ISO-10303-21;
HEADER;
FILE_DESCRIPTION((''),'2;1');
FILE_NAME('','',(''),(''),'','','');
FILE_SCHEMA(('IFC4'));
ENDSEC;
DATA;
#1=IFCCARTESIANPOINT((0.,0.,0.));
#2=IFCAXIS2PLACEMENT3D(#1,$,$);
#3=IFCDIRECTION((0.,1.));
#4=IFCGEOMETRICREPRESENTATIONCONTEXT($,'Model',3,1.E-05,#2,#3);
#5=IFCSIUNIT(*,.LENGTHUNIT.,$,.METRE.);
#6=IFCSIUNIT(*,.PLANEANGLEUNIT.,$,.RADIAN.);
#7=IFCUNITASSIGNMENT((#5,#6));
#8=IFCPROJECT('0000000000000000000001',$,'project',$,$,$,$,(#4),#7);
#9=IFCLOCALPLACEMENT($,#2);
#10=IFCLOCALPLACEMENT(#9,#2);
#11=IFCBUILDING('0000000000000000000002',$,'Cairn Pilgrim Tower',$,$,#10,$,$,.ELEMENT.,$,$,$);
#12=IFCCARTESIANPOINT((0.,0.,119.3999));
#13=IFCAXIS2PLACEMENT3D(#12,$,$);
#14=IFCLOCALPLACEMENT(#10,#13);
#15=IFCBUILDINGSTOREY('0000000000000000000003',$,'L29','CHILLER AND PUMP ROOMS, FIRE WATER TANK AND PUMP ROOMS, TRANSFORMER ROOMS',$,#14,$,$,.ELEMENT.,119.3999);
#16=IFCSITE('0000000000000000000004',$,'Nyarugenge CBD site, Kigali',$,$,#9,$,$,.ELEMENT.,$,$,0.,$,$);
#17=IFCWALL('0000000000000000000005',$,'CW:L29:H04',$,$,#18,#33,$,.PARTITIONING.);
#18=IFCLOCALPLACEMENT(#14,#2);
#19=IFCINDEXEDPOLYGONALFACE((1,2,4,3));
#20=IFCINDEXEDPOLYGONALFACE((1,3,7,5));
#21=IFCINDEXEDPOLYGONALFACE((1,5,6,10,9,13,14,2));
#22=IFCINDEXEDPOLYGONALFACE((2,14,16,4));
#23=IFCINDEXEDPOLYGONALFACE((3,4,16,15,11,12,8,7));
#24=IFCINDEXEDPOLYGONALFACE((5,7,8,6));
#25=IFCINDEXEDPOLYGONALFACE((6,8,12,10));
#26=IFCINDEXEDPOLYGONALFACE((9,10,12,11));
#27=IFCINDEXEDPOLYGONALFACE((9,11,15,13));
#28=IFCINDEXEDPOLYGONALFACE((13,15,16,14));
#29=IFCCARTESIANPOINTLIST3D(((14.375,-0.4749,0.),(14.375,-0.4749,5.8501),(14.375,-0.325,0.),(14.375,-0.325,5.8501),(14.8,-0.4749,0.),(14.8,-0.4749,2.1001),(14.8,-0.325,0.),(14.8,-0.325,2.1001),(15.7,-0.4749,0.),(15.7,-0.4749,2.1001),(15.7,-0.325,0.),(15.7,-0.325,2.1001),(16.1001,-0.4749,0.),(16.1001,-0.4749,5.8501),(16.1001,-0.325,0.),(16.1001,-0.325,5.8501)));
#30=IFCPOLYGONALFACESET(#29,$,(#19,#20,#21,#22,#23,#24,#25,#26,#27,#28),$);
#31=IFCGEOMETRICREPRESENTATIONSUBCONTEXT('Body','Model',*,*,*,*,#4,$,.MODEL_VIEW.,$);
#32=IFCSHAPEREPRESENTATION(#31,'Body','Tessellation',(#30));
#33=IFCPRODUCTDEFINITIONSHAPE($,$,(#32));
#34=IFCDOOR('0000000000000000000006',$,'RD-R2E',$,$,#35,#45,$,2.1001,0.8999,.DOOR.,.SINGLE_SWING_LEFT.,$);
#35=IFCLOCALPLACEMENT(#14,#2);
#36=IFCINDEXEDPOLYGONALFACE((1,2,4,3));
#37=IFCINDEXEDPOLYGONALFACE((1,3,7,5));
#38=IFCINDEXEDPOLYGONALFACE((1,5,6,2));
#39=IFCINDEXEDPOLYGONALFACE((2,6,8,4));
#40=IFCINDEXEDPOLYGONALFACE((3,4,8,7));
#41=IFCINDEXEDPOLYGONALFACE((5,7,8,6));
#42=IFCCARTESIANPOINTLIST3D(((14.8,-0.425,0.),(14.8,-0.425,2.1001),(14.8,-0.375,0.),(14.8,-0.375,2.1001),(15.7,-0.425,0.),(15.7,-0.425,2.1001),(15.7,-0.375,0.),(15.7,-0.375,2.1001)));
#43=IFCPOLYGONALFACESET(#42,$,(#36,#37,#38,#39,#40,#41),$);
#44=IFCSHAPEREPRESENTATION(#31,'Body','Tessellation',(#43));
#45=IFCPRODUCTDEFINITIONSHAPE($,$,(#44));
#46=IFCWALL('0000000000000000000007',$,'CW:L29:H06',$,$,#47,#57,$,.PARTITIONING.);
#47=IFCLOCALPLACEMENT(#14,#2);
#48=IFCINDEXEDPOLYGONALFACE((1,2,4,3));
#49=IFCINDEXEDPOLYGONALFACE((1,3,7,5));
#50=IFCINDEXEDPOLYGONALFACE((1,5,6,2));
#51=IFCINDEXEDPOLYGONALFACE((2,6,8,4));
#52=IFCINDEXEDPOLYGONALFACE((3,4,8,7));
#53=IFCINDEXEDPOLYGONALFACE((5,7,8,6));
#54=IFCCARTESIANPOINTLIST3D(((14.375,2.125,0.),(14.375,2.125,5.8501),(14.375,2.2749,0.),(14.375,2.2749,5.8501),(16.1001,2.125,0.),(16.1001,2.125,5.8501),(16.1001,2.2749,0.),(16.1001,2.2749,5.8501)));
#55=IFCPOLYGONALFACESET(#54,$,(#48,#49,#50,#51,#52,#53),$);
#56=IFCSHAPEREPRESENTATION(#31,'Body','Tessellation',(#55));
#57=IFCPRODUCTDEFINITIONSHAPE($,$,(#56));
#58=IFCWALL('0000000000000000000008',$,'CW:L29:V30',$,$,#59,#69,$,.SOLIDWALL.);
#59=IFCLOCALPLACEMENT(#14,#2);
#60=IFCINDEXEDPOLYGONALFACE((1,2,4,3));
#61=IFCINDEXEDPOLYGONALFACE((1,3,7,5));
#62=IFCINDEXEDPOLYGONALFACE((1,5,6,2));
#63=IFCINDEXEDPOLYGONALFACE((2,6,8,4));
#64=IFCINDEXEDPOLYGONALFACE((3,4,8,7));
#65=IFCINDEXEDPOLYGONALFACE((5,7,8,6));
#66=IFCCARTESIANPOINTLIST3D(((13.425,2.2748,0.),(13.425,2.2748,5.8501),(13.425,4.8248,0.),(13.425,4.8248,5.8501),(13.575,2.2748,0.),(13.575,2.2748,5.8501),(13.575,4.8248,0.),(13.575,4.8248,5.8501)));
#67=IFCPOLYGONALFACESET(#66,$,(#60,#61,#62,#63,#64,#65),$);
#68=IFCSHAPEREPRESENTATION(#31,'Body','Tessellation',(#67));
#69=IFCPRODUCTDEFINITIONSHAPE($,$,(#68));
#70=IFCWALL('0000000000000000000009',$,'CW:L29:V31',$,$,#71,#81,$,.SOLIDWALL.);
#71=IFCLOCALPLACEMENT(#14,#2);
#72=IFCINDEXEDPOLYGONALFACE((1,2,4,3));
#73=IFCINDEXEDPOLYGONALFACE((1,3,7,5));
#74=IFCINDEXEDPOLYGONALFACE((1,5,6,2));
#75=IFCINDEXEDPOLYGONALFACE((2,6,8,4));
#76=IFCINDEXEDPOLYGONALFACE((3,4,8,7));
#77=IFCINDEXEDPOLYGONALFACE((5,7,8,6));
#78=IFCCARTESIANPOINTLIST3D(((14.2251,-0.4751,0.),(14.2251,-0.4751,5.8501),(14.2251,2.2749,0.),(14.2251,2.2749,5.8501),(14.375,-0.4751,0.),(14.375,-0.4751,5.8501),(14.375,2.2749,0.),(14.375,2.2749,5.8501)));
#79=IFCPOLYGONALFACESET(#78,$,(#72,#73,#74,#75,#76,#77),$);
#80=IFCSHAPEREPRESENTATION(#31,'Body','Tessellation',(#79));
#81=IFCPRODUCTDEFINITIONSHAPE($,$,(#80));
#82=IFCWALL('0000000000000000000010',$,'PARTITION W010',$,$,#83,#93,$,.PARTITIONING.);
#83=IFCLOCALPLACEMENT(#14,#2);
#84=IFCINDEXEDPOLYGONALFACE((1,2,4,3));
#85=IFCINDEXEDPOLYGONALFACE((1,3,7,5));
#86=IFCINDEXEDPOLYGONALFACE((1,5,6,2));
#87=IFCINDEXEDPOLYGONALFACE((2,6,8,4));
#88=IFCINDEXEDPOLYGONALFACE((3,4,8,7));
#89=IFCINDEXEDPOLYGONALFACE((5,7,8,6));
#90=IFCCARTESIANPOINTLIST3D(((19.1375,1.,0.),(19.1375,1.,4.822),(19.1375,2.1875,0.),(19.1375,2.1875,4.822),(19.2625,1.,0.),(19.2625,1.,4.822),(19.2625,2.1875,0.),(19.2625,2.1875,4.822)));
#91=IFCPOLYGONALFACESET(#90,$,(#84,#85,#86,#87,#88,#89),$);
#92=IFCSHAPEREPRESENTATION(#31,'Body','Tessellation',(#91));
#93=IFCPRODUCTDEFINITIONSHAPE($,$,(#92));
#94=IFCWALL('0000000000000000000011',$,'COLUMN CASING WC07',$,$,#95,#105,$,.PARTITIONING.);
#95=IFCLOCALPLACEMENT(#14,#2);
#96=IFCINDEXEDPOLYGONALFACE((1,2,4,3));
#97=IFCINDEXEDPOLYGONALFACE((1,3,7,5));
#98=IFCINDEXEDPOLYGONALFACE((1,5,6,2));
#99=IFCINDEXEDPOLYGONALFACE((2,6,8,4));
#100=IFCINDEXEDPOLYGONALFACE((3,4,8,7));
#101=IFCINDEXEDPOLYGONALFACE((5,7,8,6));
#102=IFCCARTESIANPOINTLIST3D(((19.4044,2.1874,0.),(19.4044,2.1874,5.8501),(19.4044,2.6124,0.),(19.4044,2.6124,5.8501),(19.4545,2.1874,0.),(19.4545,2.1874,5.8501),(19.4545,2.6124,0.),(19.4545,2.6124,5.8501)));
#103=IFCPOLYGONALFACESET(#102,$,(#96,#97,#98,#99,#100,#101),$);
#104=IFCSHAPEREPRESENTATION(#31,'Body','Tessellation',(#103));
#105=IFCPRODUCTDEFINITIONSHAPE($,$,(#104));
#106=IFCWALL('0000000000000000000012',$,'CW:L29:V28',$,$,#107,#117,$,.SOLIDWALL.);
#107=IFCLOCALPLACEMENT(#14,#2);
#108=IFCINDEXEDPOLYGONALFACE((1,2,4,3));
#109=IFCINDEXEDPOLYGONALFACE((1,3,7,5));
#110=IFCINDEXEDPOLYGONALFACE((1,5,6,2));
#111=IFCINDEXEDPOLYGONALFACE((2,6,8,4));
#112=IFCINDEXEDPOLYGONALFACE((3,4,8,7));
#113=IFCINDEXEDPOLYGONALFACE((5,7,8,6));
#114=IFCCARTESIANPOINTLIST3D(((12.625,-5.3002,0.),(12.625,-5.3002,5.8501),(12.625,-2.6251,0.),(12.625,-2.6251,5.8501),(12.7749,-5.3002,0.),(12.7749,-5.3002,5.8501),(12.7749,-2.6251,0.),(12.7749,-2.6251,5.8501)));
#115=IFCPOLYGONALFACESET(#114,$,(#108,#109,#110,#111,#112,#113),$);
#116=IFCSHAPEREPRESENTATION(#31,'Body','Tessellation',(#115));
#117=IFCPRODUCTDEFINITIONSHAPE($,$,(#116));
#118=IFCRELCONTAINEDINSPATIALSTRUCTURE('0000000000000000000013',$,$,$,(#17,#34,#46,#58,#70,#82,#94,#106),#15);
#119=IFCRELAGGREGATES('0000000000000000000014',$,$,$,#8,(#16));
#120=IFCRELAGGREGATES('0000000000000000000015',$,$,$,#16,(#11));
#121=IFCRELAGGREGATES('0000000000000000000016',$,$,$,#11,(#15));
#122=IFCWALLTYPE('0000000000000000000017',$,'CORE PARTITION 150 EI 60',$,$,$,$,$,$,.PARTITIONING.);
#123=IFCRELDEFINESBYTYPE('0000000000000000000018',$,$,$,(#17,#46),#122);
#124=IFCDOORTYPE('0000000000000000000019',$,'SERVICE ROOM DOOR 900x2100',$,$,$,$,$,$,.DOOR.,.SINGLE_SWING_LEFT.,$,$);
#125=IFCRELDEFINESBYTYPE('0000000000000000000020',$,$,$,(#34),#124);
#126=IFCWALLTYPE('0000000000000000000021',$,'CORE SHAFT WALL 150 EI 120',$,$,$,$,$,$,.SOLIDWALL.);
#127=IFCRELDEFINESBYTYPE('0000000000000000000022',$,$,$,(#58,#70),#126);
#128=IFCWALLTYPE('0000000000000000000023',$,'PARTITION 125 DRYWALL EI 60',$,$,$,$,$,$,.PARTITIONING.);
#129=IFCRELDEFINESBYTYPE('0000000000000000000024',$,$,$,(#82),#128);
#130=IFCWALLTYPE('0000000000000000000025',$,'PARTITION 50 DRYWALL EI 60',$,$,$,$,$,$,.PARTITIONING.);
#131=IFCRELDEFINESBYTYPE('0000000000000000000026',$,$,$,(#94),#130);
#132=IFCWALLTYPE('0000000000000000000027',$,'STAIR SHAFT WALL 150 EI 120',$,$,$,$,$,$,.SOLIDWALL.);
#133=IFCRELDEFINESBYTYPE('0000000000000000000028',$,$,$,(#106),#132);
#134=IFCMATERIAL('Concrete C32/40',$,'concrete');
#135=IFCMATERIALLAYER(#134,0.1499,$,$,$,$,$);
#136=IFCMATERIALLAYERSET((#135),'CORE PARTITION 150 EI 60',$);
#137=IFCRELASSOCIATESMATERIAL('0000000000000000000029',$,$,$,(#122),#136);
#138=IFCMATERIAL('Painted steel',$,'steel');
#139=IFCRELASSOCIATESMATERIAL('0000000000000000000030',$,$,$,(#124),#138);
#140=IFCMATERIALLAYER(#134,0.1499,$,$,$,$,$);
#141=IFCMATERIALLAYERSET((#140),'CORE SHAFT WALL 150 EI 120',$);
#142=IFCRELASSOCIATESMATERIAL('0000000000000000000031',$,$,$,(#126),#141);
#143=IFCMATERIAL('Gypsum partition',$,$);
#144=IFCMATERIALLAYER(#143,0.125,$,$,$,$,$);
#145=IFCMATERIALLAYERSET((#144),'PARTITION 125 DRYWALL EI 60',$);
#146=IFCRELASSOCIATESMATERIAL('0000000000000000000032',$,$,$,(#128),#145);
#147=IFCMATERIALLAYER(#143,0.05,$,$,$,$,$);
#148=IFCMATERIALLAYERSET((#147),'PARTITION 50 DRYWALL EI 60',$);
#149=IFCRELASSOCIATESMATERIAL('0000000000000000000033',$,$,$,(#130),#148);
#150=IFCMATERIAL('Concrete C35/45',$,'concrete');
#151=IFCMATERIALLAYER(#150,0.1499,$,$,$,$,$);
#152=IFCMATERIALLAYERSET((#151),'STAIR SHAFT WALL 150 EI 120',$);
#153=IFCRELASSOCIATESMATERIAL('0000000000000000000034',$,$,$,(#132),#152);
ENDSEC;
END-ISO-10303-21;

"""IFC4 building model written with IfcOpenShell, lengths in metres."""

from ifc_helpers import new_model, si_unit, direction, frame, frame_2d, origin, place, context, subcontext, project, spatial, rectangle, extrude, material, layer, layer_set, type_object, element, fill, save


model = new_model("IFC4")

# Units and contexts
model_context = context("Model", 3, precision=1e-05, world=origin(), true_north=direction((0.0, 1.0)))
body_context = subcontext(model_context, "Body", "Model", "MODEL_VIEW")
ifc_project = project(units=[si_unit("LENGTHUNIT", "METRE"), si_unit("PLANEANGLEUNIT", "RADIAN")], contexts=[model_context])

# Site, building, storey
site_placement = place(None, origin())
site = spatial("IfcSite", under=ifc_project, at=site_placement, Name="Nyarugenge CBD site, Kigali", CompositionType="ELEMENT", RefElevation=0.0)
building_placement = place(site_placement, origin())
building = spatial("IfcBuilding", under=site, at=building_placement, Name="Cairn Pilgrim Tower", CompositionType="ELEMENT")
storey_placement = place(building_placement, frame((0.0, 0.0, 119.3999)))
storey = spatial("IfcBuildingStorey", under=building, at=storey_placement, Name="L29", Description="CHILLER AND PUMP ROOMS, FIRE WATER TANK AND PUMP ROOMS, TRANSFORMER ROOMS", CompositionType="ELEMENT", Elevation=119.3999)

# Shared definitions
ifc_material_1 = material(Name="Concrete C32/40", Category="concrete")
ifc_material_2 = material(Name="Painted steel", Category="steel")

# Wall, opening, door
ifc_layer_1 = layer(ifc_material_1, 0.1499)
ifc_layer_set_1 = layer_set([ifc_layer_1], Name="CORE PARTITION 150 EI 60")
wall_type_1 = type_object("IfcWallType", Name="CORE PARTITION 150 EI 60", PredefinedType="PARTITIONING", material=ifc_layer_set_1)
wall_1_placement = place(storey_placement, frame((14.375, -0.3999, 0.0), z_axis=(0.0, 0.0, 1.0), x_axis=(1.0, 0.0, 0.0)))
wall_1 = element("IfcWall", 1, at=wall_1_placement, inside=storey, type_object=wall_type_1, Name="CW:L29:H04", PredefinedType="PARTITIONING", context=body_context, shape_type="SweptSolid", body=[
    extrude(rectangle(XDim=1.7251, YDim=0.1499, at=frame_2d((0.8625, 0.0))), origin(), (0.0, 0.0, 1.0), 5.8501),
])
opening_1_placement = place(wall_1_placement, frame((0.425, 0.0, 0.0)))
opening_1 = element("IfcOpeningElement", 2, at=opening_1_placement, cuts=wall_1, PredefinedType="OPENING", context=body_context, shape_type="SweptSolid", body=[
    extrude(rectangle(XDim=0.8999, YDim=2.1001, at=frame_2d((0.45, 1.05))), frame((0.0, 0.085, 0.0), z_axis=(0.0, -1.0, 0.0), x_axis=(1.0, 0.0, 0.0)), (0.0, 0.0, 1.0), 0.1699),
])
door_type_1 = type_object("IfcDoorType", Name="SERVICE ROOM DOOR 900x2100", OperationType="SINGLE_SWING_LEFT", PredefinedType="DOOR", material=ifc_material_2)
door_1_placement = place(opening_1_placement, origin())
door_1 = element("IfcDoor", 3, at=door_1_placement, inside=storey, type_object=door_type_1, Name="RD-R2E", OperationType="SINGLE_SWING_LEFT", OverallHeight=2.1001, OverallWidth=0.8999, PredefinedType="DOOR", context=body_context, shape_type="SweptSolid", body=[
    extrude(rectangle(XDim=0.8999, YDim=2.1001, at=frame_2d((0.45, 1.05))), frame((0.0, 0.0249, 0.0), z_axis=(0.0, -1.0, 0.0), x_axis=(1.0, 0.0, 0.0)), (0.0, 0.0, 1.0), 0.05),
])
fill(opening_1, door_1)

# Walls
wall_2_placement = place(storey_placement, frame((14.375, 2.2, 0.0), z_axis=(0.0, 0.0, 1.0), x_axis=(1.0, 0.0, 0.0)))
element("IfcWall", 4, at=wall_2_placement, inside=storey, type_object=wall_type_1, Name="CW:L29:H06", PredefinedType="PARTITIONING", context=body_context, shape_type="SweptSolid", body=[
    extrude(rectangle(XDim=1.7251, YDim=0.1499, at=frame_2d((0.8625, 0.0))), origin(), (0.0, 0.0, 1.0), 5.8501),
])
ifc_layer_2 = layer(ifc_material_1, 0.1499)
ifc_layer_set_2 = layer_set([ifc_layer_2], Name="CORE SHAFT WALL 150 EI 120")
wall_type_2 = type_object("IfcWallType", Name="CORE SHAFT WALL 150 EI 120", PredefinedType="SOLIDWALL", material=ifc_layer_set_2)
wall_3_placement = place(storey_placement, frame((13.5, 2.2749, 0.0), z_axis=(0.0, 0.0, 1.0), x_axis=(0.0, 1.0, 0.0)))
element("IfcWall", 5, at=wall_3_placement, inside=storey, type_object=wall_type_2, Name="CW:L29:V30", PredefinedType="SOLIDWALL", context=body_context, shape_type="SweptSolid", body=[
    extrude(rectangle(XDim=2.55, YDim=0.1499, at=frame_2d((1.2749, 0.0))), origin(), (0.0, 0.0, 1.0), 5.8501),
])
wall_4_placement = place(storey_placement, frame((14.3, -0.4751, 0.0), z_axis=(0.0, 0.0, 1.0), x_axis=(0.0, 1.0, 0.0)))
element("IfcWall", 6, at=wall_4_placement, inside=storey, type_object=wall_type_2, Name="CW:L29:V31", PredefinedType="SOLIDWALL", context=body_context, shape_type="SweptSolid", body=[
    extrude(rectangle(XDim=2.75, YDim=0.1499, at=frame_2d((1.375, 0.0))), origin(), (0.0, 0.0, 1.0), 5.8501),
])
ifc_material_3 = material(Name="Gypsum partition")
ifc_layer_3 = layer(ifc_material_3, 0.125)
ifc_layer_set_3 = layer_set([ifc_layer_3], Name="PARTITION 125 DRYWALL EI 60")
wall_type_3 = type_object("IfcWallType", Name="PARTITION 125 DRYWALL EI 60", PredefinedType="PARTITIONING", material=ifc_layer_set_3)
wall_5_placement = place(storey_placement, frame((19.2, 1.0, 0.0), z_axis=(0.0, 0.0, 1.0), x_axis=(0.0, 1.0, 0.0)))
element("IfcWall", 7, at=wall_5_placement, inside=storey, type_object=wall_type_3, Name="PARTITION W010", PredefinedType="PARTITIONING", context=body_context, shape_type="SweptSolid", body=[
    extrude(rectangle(XDim=1.1875, YDim=0.125, at=frame_2d((0.5938, 0.0))), origin(), (0.0, 0.0, 1.0), 4.822),
])
ifc_layer_4 = layer(ifc_material_3, 0.05)
ifc_layer_set_4 = layer_set([ifc_layer_4], Name="PARTITION 50 DRYWALL EI 60")
wall_type_4 = type_object("IfcWallType", Name="PARTITION 50 DRYWALL EI 60", PredefinedType="PARTITIONING", material=ifc_layer_set_4)
wall_6_placement = place(storey_placement, frame((19.4294, 2.1875, 0.0), z_axis=(0.0, 0.0, 1.0), x_axis=(0.0, 1.0, 0.0)))
element("IfcWall", 8, at=wall_6_placement, inside=storey, type_object=wall_type_4, Name="COLUMN CASING WC07", PredefinedType="PARTITIONING", context=body_context, shape_type="SweptSolid", body=[
    extrude(rectangle(XDim=0.425, YDim=0.05, at=frame_2d((0.2124, 0.0))), origin(), (0.0, 0.0, 1.0), 5.8501),
])
ifc_material_4 = material(Name="Concrete C35/45", Category="concrete")
ifc_layer_5 = layer(ifc_material_4, 0.1499)
ifc_layer_set_5 = layer_set([ifc_layer_5], Name="STAIR SHAFT WALL 150 EI 120")
wall_type_5 = type_object("IfcWallType", Name="STAIR SHAFT WALL 150 EI 120", PredefinedType="SOLIDWALL", material=ifc_layer_set_5)
wall_7_placement = place(storey_placement, frame((12.7, -5.3, 0.0), z_axis=(0.0, 0.0, 1.0), x_axis=(0.0, 1.0, 0.0)))
element("IfcWall", 9, at=wall_7_placement, inside=storey, type_object=wall_type_5, Name="CW:L29:V28", PredefinedType="SOLIDWALL", context=body_context, shape_type="SweptSolid", body=[
    extrude(rectangle(XDim=2.675, YDim=0.1499, at=frame_2d((1.3374, 0.0))), origin(), (0.0, 0.0, 1.0), 5.8501),
])

save(model, "model.ifc")
